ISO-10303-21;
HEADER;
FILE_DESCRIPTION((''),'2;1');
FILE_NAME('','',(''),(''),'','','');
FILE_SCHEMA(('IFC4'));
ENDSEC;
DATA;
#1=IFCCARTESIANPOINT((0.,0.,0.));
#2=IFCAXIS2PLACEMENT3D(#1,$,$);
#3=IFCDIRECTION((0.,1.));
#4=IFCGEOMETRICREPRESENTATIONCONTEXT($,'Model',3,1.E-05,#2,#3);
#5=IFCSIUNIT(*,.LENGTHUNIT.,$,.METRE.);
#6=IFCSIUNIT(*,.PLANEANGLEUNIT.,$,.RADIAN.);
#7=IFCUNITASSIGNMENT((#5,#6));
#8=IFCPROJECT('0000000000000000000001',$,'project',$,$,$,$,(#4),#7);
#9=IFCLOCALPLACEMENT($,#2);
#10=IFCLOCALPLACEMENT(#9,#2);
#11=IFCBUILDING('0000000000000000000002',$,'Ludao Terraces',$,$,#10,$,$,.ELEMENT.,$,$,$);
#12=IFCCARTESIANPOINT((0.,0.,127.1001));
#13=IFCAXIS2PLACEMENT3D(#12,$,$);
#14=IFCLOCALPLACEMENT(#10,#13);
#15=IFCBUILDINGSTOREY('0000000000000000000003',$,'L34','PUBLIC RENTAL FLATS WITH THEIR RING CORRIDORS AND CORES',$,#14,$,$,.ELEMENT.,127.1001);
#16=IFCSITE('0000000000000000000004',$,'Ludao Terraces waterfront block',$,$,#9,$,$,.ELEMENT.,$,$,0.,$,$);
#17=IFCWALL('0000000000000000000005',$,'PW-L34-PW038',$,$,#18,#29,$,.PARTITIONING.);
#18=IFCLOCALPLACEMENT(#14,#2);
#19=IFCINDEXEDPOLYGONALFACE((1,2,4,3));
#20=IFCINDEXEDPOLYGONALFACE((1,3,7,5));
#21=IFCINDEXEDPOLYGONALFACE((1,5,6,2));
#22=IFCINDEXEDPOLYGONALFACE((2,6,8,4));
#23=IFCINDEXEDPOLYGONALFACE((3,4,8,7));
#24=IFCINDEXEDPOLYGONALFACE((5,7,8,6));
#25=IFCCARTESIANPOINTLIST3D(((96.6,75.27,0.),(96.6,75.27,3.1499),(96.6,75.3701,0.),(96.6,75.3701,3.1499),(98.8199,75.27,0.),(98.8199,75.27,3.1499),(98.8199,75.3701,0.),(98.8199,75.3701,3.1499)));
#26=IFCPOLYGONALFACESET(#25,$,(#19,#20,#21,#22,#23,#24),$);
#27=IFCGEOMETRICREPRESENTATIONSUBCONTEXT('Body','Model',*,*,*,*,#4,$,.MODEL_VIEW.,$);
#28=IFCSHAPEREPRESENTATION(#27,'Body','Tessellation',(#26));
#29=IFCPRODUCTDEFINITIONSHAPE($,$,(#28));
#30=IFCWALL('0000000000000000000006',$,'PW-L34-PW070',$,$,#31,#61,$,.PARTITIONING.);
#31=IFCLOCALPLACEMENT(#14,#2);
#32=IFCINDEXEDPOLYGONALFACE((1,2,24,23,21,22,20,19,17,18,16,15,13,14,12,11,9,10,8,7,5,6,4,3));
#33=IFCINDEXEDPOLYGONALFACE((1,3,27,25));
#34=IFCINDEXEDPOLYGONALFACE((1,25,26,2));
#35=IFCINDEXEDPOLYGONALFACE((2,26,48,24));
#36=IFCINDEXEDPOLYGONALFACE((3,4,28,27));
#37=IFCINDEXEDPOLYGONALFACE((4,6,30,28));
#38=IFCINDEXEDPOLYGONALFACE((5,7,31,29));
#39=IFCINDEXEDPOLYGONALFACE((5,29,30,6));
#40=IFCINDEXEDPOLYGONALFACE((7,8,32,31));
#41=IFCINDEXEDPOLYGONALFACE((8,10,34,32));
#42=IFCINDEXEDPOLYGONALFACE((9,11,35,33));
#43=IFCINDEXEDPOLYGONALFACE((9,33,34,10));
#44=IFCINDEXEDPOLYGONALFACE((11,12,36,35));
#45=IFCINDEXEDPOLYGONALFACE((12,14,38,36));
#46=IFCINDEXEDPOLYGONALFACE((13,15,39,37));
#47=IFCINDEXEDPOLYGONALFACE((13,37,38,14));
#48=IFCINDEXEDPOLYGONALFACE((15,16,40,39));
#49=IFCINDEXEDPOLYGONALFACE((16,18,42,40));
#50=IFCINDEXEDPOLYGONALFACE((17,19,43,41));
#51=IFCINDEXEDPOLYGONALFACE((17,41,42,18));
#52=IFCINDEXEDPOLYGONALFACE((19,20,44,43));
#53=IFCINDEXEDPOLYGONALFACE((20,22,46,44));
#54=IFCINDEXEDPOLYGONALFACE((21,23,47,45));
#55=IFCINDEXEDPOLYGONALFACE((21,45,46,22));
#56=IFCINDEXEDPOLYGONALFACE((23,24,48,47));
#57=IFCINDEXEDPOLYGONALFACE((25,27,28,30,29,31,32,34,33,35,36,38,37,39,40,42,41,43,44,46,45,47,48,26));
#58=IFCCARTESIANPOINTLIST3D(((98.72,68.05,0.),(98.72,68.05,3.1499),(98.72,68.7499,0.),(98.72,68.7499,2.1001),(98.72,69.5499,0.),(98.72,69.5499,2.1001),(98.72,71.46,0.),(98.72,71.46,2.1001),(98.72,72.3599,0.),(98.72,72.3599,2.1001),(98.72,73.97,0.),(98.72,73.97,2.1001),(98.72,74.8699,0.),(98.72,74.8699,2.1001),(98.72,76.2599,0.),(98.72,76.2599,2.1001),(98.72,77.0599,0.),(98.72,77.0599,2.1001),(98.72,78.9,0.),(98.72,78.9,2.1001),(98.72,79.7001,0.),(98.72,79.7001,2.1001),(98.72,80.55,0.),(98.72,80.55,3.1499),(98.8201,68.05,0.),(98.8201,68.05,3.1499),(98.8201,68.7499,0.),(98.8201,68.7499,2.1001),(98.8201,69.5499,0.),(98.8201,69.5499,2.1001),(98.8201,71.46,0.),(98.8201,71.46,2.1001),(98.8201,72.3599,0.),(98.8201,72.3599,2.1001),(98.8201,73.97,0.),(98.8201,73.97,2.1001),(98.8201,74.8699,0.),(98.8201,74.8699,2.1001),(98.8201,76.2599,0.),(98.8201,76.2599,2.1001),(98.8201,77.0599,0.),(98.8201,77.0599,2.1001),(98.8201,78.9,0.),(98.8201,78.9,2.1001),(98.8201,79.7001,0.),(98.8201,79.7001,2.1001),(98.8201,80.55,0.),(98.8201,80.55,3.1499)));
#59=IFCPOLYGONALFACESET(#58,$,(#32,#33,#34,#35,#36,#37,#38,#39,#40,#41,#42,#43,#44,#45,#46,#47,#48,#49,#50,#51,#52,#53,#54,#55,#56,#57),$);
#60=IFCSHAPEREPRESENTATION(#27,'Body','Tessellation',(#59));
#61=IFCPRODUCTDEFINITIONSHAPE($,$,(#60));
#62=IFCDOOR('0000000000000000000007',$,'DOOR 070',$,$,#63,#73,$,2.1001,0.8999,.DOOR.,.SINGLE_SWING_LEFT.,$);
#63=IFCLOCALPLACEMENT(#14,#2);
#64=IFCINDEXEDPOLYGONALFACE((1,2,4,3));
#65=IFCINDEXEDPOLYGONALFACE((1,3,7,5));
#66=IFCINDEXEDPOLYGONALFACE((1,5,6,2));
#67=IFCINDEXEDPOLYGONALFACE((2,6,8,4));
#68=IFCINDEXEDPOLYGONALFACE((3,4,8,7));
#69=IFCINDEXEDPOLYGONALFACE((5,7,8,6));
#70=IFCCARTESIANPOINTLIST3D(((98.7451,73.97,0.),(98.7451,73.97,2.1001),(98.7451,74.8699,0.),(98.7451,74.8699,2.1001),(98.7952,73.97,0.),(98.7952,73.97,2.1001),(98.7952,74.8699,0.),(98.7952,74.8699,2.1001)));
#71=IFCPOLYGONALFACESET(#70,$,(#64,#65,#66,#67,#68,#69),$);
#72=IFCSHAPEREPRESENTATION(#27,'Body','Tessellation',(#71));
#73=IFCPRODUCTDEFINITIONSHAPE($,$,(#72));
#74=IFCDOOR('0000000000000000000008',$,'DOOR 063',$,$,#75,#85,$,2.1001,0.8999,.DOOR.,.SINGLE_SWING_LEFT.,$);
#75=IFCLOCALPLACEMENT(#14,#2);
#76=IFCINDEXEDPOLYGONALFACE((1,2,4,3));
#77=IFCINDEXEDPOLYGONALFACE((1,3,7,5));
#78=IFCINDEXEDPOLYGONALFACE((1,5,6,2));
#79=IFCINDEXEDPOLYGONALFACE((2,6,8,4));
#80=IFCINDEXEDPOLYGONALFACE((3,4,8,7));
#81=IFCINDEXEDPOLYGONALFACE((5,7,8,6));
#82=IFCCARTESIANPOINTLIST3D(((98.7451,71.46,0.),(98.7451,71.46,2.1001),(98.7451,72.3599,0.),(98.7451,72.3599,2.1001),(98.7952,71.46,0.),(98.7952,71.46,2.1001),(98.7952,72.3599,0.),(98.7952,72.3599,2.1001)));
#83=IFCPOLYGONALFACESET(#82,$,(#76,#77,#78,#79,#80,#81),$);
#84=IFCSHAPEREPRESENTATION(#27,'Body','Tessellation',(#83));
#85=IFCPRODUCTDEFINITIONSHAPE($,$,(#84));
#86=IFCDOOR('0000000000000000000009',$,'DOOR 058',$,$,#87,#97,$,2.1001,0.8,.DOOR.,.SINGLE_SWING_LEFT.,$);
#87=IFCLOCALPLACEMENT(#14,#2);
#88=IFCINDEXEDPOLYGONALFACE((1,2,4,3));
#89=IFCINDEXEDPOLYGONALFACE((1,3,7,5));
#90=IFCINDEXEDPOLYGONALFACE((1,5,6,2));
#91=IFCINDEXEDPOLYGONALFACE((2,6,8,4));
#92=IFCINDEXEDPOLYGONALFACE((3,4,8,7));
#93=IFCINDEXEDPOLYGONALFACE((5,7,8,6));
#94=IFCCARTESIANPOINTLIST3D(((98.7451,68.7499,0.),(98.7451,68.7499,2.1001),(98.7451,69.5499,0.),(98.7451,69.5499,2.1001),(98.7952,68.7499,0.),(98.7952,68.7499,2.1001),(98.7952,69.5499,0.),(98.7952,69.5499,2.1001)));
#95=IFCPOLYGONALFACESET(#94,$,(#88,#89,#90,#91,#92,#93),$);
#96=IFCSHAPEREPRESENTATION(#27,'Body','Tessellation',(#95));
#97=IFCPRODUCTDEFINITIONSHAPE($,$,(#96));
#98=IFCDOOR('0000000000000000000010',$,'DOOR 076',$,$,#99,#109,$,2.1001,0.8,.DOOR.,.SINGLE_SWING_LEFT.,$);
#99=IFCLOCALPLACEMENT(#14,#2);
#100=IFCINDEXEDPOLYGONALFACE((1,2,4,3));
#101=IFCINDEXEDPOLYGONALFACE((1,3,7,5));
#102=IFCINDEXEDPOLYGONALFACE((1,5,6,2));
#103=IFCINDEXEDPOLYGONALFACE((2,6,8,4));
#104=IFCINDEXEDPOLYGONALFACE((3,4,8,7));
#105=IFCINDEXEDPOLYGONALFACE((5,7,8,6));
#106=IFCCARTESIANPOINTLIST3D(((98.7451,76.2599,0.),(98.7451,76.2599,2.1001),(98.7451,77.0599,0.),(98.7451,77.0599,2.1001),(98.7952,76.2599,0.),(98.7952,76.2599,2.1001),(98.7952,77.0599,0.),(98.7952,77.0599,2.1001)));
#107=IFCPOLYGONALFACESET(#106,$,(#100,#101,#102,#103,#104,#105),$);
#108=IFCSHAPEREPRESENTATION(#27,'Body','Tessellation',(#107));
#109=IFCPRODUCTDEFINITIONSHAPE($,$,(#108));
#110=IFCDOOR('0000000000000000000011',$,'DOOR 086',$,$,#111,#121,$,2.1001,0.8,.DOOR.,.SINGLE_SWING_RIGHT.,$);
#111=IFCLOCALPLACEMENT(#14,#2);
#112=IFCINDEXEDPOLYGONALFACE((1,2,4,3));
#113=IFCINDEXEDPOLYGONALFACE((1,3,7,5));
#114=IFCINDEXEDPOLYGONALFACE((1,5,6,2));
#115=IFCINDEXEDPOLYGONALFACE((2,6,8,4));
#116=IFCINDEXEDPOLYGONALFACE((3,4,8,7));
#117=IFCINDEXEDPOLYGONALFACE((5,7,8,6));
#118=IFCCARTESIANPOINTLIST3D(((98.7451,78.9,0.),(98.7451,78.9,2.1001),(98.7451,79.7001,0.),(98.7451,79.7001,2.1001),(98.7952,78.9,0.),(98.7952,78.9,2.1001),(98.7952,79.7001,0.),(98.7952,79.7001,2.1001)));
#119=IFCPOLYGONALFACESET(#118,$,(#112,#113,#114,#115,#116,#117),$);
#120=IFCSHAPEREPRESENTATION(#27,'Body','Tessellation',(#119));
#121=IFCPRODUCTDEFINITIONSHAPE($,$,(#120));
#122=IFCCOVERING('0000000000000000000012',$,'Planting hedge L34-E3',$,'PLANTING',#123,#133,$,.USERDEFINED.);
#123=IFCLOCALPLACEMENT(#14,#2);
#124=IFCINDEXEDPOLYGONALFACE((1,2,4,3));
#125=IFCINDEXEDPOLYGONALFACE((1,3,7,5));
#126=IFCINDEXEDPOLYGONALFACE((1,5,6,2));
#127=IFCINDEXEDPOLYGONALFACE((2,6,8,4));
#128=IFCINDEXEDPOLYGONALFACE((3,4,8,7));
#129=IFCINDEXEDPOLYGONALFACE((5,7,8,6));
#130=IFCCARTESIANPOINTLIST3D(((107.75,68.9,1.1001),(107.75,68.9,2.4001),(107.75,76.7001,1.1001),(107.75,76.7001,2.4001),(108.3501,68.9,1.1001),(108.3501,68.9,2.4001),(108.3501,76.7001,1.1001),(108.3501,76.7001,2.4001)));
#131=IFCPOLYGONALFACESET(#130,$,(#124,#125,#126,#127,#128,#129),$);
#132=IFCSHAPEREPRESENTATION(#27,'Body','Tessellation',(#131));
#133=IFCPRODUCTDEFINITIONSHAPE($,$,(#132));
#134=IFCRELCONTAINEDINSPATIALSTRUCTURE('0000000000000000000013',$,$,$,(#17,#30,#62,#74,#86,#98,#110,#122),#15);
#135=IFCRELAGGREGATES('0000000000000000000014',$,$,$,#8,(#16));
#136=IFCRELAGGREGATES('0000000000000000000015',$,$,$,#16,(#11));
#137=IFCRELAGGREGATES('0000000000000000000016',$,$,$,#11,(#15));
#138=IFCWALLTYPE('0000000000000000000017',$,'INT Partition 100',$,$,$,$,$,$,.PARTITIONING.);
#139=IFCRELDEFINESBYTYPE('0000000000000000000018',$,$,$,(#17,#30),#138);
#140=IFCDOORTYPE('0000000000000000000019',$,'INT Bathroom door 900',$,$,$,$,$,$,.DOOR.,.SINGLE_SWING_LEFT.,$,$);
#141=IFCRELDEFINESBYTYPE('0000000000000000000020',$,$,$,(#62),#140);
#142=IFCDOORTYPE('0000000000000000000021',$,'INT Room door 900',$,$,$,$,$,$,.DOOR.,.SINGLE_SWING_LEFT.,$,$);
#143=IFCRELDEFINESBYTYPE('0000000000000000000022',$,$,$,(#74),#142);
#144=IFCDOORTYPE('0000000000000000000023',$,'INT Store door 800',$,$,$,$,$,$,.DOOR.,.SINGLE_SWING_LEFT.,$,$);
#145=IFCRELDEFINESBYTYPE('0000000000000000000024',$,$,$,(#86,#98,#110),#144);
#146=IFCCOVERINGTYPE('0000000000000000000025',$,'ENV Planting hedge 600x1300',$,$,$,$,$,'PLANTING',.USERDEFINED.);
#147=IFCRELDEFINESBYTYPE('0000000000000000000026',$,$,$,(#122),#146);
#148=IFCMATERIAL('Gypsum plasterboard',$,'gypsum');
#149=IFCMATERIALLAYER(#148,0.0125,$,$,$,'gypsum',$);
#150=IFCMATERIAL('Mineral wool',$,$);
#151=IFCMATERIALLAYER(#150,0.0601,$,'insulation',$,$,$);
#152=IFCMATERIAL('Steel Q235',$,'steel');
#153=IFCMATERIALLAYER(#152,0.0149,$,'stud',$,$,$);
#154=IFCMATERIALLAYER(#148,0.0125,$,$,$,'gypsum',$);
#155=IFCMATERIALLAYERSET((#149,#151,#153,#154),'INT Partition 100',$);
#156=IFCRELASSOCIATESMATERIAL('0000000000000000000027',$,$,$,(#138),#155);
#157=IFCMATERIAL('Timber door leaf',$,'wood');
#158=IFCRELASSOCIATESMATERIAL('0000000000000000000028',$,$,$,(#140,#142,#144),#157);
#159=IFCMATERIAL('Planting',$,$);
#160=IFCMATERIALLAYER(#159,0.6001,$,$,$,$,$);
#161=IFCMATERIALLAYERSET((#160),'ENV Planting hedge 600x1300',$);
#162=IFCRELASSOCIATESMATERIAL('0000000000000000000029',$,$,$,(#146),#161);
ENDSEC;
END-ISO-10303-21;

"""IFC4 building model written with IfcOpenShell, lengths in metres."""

from ifc_helpers import new_model, si_unit, direction, frame, frame_2d, origin, origin_2d, place, context, subcontext, project, spatial, rectangle, extrude, material, layer, layer_set, type_object, element, fill, save


model = new_model("IFC4")

# Units and contexts
model_context = context("Model", 3, precision=1e-05, world=origin(), true_north=direction((0.0, 1.0)))
body_context = subcontext(model_context, "Body", "Model", "MODEL_VIEW")
ifc_project = project(units=[si_unit("LENGTHUNIT", "METRE"), si_unit("PLANEANGLEUNIT", "RADIAN")], contexts=[model_context])

# Site, building, storey
site_placement = place(None, origin())
site = spatial("IfcSite", under=ifc_project, at=site_placement, Name="Ludao Terraces waterfront block", CompositionType="ELEMENT", RefElevation=0.0)
building_placement = place(site_placement, origin())
building = spatial("IfcBuilding", under=site, at=building_placement, Name="Ludao Terraces", CompositionType="ELEMENT")
storey_placement = place(building_placement, frame((0.0, 0.0, 127.1001)))
storey = spatial("IfcBuildingStorey", under=building, at=storey_placement, Name="L34", Description="PUBLIC RENTAL FLATS WITH THEIR RING CORRIDORS AND CORES", CompositionType="ELEMENT", Elevation=127.1001)

# Shared definitions
ifc_material_1 = material(Name="Mineral wool")

# Wall
ifc_material_2 = material(Name="Gypsum plasterboard", Category="gypsum")
ifc_layer_1 = layer(ifc_material_2, 0.0125, Category="gypsum")
ifc_layer_2 = layer(ifc_material_1, 0.0601, Name="insulation")
ifc_material_3 = material(Name="Steel Q235", Category="steel")
ifc_layer_3 = layer(ifc_material_3, 0.0149, Name="stud")
ifc_layer_4 = layer(ifc_material_2, 0.0125, Category="gypsum")
ifc_layer_set_1 = layer_set([ifc_layer_1, ifc_layer_2, ifc_layer_3, ifc_layer_4], Name="INT Partition 100")
wall_type_1 = type_object("IfcWallType", Name="INT Partition 100", PredefinedType="PARTITIONING", material=ifc_layer_set_1)
for number, where, z_axis, x_axis, name in (
    (1, (96.6001, 75.3201, 0.0), (0.0, 0.0, 1.0), (1.0, 0.0, 0.0), "PW-L34-PW038"),
):
    element("IfcWall", number, at=place(storey_placement, frame(where, z_axis=z_axis, x_axis=x_axis)), inside=storey, type_object=wall_type_1, Name=name, PredefinedType="PARTITIONING", context=body_context, shape_type="SweptSolid", body=[
        extrude(rectangle(XDim=2.22, YDim=0.1001, at=frame_2d((1.1099, 0.0))), origin(), (0.0, 0.0, 1.0), 3.1499),
    ])

# Wall, openings, doors
wall_1_placement = place(storey_placement, frame((98.77, 68.05, 0.0), z_axis=(0.0, 0.0, 1.0), x_axis=(0.0, 1.0, 0.0)))
wall_1 = element("IfcWall", 2, at=wall_1_placement, inside=storey, type_object=wall_type_1, Name="PW-L34-PW070", PredefinedType="PARTITIONING", context=body_context, shape_type="SweptSolid", body=[
    extrude(rectangle(XDim=12.5, YDim=0.1001, at=frame_2d((6.25, 0.0))), origin(), (0.0, 0.0, 1.0), 3.1499),
])
opening_1_placement = place(wall_1_placement, frame((0.7, 0.0, 0.0)))
opening_1 = element("IfcOpeningElement", 3, at=opening_1_placement, cuts=wall_1, PredefinedType="OPENING", context=body_context, shape_type="SweptSolid", body=[
    extrude(rectangle(XDim=0.8, YDim=2.1001, at=frame_2d((0.3999, 1.05))), frame((0.0, 0.0601, 0.0), z_axis=(0.0, -1.0, 0.0), x_axis=(1.0, 0.0, 0.0)), (0.0, 0.0, 1.0), 0.1201),
])
opening_2_placement = place(wall_1_placement, frame((3.4099, 0.0, 0.0)))
opening_2 = element("IfcOpeningElement", 4, at=opening_2_placement, cuts=wall_1, PredefinedType="OPENING", context=body_context, shape_type="SweptSolid", body=[
    extrude(rectangle(XDim=0.8999, YDim=2.1001, at=frame_2d((0.45, 1.05))), frame((0.0, 0.0601, 0.0), z_axis=(0.0, -1.0, 0.0), x_axis=(1.0, 0.0, 0.0)), (0.0, 0.0, 1.0), 0.1201),
])
opening_3_placement = place(wall_1_placement, frame((5.9199, 0.0, 0.0)))
opening_3 = element("IfcOpeningElement", 5, at=opening_3_placement, cuts=wall_1, PredefinedType="OPENING", context=body_context, shape_type="SweptSolid", body=[
    extrude(rectangle(XDim=0.8999, YDim=2.1001, at=frame_2d((0.45, 1.05))), frame((0.0, 0.0601, 0.0), z_axis=(0.0, -1.0, 0.0), x_axis=(1.0, 0.0, 0.0)), (0.0, 0.0, 1.0), 0.1201),
])
opening_4_placement = place(wall_1_placement, frame((8.21, 0.0, 0.0)))
opening_4 = element("IfcOpeningElement", 6, at=opening_4_placement, cuts=wall_1, PredefinedType="OPENING", context=body_context, shape_type="SweptSolid", body=[
    extrude(rectangle(XDim=0.8, YDim=2.1001, at=frame_2d((0.3999, 1.05))), frame((0.0, 0.0601, 0.0), z_axis=(0.0, -1.0, 0.0), x_axis=(1.0, 0.0, 0.0)), (0.0, 0.0, 1.0), 0.1201),
])
opening_5_placement = place(wall_1_placement, frame((10.8501, 0.0, 0.0)))
opening_5 = element("IfcOpeningElement", 7, at=opening_5_placement, cuts=wall_1, PredefinedType="OPENING", context=body_context, shape_type="SweptSolid", body=[
    extrude(rectangle(XDim=0.8, YDim=2.1001, at=frame_2d((0.3999, 1.05))), frame((0.0, 0.0601, 0.0), z_axis=(0.0, -1.0, 0.0), x_axis=(1.0, 0.0, 0.0)), (0.0, 0.0, 1.0), 0.1201),
])
ifc_material_4 = material(Name="Timber door leaf", Category="wood")
door_type_1 = type_object("IfcDoorType", Name="INT Bathroom door 900", OperationType="SINGLE_SWING_LEFT", PredefinedType="DOOR", material=ifc_material_4)
door_1_placement = place(opening_3_placement, origin())
door_1 = element("IfcDoor", 8, at=door_1_placement, inside=storey, type_object=door_type_1, Name="DOOR 070", OperationType="SINGLE_SWING_LEFT", OverallHeight=2.1001, OverallWidth=0.8999, PredefinedType="DOOR", context=body_context, shape_type="SweptSolid", body=[
    extrude(rectangle(XDim=0.8999, YDim=2.1001, at=frame_2d((0.45, 1.05))), frame((0.0, 0.0249, 0.0), z_axis=(0.0, -1.0, 0.0), x_axis=(1.0, 0.0, 0.0)), (0.0, 0.0, 1.0), 0.05),
])
fill(opening_3, door_1)
door_type_2 = type_object("IfcDoorType", Name="INT Room door 900", OperationType="SINGLE_SWING_LEFT", PredefinedType="DOOR", material=ifc_material_4)
door_2_placement = place(opening_2_placement, origin())
door_2 = element("IfcDoor", 9, at=door_2_placement, inside=storey, type_object=door_type_2, Name="DOOR 063", OperationType="SINGLE_SWING_LEFT", OverallHeight=2.1001, OverallWidth=0.8999, PredefinedType="DOOR", context=body_context, shape_type="SweptSolid", body=[
    extrude(rectangle(XDim=0.8999, YDim=2.1001, at=frame_2d((0.45, 1.05))), frame((0.0, 0.0249, 0.0), z_axis=(0.0, -1.0, 0.0), x_axis=(1.0, 0.0, 0.0)), (0.0, 0.0, 1.0), 0.05),
])
fill(opening_2, door_2)
door_type_3 = type_object("IfcDoorType", Name="INT Store door 800", OperationType="SINGLE_SWING_LEFT", PredefinedType="DOOR", material=ifc_material_4)
door_3_placement = place(opening_1_placement, origin())
door_3 = element("IfcDoor", 10, at=door_3_placement, inside=storey, type_object=door_type_3, Name="DOOR 058", OperationType="SINGLE_SWING_LEFT", OverallHeight=2.1001, OverallWidth=0.8, PredefinedType="DOOR", context=body_context, shape_type="SweptSolid", body=[
    extrude(rectangle(XDim=0.8, YDim=2.1001, at=frame_2d((0.3999, 1.05))), frame((0.0, 0.0249, 0.0), z_axis=(0.0, -1.0, 0.0), x_axis=(1.0, 0.0, 0.0)), (0.0, 0.0, 1.0), 0.05),
])
fill(opening_1, door_3)
door_4_placement = place(opening_4_placement, origin())
door_4 = element("IfcDoor", 11, at=door_4_placement, inside=storey, type_object=door_type_3, Name="DOOR 076", OperationType="SINGLE_SWING_LEFT", OverallHeight=2.1001, OverallWidth=0.8, PredefinedType="DOOR", context=body_context, shape_type="SweptSolid", body=[
    extrude(rectangle(XDim=0.8, YDim=2.1001, at=frame_2d((0.3999, 1.05))), frame((0.0, 0.0249, 0.0), z_axis=(0.0, -1.0, 0.0), x_axis=(1.0, 0.0, 0.0)), (0.0, 0.0, 1.0), 0.05),
])
fill(opening_4, door_4)
door_5_placement = place(opening_5_placement, origin())
door_5 = element("IfcDoor", 12, at=door_5_placement, inside=storey, type_object=door_type_3, Name="DOOR 086", OperationType="SINGLE_SWING_RIGHT", OverallHeight=2.1001, OverallWidth=0.8, PredefinedType="DOOR", context=body_context, shape_type="SweptSolid", body=[
    extrude(rectangle(XDim=0.8, YDim=2.1001, at=frame_2d((0.3999, 1.05))), frame((0.0, 0.0249, 0.0), z_axis=(0.0, -1.0, 0.0), x_axis=(1.0, 0.0, 0.0)), (0.0, 0.0, 1.0), 0.05),
])
fill(opening_5, door_5)

# Covering
ifc_material_5 = material(Name="Planting")
ifc_layer_5 = layer(ifc_material_5, 0.6001)
ifc_layer_set_2 = layer_set([ifc_layer_5], Name="ENV Planting hedge 600x1300")
covering_type = type_object("IfcCoveringType", Name="ENV Planting hedge 600x1300", ElementType="PLANTING", PredefinedType="USERDEFINED", material=ifc_layer_set_2)
covering_placement = place(storey_placement, frame((108.05, 72.8, 1.1001), z_axis=(0.0, 0.0, 1.0), x_axis=(1.0, 0.0, 0.0)))
element("IfcCovering", 13, at=covering_placement, inside=storey, type_object=covering_type, Name="Planting hedge L34-E3", ObjectType="PLANTING", PredefinedType="USERDEFINED", context=body_context, shape_type="SweptSolid", body=[
    extrude(rectangle(XDim=0.6001, YDim=7.8, at=origin_2d()), origin(), (0.0, 0.0, 1.0), 1.3),
])

save(model, "model.ifc")
